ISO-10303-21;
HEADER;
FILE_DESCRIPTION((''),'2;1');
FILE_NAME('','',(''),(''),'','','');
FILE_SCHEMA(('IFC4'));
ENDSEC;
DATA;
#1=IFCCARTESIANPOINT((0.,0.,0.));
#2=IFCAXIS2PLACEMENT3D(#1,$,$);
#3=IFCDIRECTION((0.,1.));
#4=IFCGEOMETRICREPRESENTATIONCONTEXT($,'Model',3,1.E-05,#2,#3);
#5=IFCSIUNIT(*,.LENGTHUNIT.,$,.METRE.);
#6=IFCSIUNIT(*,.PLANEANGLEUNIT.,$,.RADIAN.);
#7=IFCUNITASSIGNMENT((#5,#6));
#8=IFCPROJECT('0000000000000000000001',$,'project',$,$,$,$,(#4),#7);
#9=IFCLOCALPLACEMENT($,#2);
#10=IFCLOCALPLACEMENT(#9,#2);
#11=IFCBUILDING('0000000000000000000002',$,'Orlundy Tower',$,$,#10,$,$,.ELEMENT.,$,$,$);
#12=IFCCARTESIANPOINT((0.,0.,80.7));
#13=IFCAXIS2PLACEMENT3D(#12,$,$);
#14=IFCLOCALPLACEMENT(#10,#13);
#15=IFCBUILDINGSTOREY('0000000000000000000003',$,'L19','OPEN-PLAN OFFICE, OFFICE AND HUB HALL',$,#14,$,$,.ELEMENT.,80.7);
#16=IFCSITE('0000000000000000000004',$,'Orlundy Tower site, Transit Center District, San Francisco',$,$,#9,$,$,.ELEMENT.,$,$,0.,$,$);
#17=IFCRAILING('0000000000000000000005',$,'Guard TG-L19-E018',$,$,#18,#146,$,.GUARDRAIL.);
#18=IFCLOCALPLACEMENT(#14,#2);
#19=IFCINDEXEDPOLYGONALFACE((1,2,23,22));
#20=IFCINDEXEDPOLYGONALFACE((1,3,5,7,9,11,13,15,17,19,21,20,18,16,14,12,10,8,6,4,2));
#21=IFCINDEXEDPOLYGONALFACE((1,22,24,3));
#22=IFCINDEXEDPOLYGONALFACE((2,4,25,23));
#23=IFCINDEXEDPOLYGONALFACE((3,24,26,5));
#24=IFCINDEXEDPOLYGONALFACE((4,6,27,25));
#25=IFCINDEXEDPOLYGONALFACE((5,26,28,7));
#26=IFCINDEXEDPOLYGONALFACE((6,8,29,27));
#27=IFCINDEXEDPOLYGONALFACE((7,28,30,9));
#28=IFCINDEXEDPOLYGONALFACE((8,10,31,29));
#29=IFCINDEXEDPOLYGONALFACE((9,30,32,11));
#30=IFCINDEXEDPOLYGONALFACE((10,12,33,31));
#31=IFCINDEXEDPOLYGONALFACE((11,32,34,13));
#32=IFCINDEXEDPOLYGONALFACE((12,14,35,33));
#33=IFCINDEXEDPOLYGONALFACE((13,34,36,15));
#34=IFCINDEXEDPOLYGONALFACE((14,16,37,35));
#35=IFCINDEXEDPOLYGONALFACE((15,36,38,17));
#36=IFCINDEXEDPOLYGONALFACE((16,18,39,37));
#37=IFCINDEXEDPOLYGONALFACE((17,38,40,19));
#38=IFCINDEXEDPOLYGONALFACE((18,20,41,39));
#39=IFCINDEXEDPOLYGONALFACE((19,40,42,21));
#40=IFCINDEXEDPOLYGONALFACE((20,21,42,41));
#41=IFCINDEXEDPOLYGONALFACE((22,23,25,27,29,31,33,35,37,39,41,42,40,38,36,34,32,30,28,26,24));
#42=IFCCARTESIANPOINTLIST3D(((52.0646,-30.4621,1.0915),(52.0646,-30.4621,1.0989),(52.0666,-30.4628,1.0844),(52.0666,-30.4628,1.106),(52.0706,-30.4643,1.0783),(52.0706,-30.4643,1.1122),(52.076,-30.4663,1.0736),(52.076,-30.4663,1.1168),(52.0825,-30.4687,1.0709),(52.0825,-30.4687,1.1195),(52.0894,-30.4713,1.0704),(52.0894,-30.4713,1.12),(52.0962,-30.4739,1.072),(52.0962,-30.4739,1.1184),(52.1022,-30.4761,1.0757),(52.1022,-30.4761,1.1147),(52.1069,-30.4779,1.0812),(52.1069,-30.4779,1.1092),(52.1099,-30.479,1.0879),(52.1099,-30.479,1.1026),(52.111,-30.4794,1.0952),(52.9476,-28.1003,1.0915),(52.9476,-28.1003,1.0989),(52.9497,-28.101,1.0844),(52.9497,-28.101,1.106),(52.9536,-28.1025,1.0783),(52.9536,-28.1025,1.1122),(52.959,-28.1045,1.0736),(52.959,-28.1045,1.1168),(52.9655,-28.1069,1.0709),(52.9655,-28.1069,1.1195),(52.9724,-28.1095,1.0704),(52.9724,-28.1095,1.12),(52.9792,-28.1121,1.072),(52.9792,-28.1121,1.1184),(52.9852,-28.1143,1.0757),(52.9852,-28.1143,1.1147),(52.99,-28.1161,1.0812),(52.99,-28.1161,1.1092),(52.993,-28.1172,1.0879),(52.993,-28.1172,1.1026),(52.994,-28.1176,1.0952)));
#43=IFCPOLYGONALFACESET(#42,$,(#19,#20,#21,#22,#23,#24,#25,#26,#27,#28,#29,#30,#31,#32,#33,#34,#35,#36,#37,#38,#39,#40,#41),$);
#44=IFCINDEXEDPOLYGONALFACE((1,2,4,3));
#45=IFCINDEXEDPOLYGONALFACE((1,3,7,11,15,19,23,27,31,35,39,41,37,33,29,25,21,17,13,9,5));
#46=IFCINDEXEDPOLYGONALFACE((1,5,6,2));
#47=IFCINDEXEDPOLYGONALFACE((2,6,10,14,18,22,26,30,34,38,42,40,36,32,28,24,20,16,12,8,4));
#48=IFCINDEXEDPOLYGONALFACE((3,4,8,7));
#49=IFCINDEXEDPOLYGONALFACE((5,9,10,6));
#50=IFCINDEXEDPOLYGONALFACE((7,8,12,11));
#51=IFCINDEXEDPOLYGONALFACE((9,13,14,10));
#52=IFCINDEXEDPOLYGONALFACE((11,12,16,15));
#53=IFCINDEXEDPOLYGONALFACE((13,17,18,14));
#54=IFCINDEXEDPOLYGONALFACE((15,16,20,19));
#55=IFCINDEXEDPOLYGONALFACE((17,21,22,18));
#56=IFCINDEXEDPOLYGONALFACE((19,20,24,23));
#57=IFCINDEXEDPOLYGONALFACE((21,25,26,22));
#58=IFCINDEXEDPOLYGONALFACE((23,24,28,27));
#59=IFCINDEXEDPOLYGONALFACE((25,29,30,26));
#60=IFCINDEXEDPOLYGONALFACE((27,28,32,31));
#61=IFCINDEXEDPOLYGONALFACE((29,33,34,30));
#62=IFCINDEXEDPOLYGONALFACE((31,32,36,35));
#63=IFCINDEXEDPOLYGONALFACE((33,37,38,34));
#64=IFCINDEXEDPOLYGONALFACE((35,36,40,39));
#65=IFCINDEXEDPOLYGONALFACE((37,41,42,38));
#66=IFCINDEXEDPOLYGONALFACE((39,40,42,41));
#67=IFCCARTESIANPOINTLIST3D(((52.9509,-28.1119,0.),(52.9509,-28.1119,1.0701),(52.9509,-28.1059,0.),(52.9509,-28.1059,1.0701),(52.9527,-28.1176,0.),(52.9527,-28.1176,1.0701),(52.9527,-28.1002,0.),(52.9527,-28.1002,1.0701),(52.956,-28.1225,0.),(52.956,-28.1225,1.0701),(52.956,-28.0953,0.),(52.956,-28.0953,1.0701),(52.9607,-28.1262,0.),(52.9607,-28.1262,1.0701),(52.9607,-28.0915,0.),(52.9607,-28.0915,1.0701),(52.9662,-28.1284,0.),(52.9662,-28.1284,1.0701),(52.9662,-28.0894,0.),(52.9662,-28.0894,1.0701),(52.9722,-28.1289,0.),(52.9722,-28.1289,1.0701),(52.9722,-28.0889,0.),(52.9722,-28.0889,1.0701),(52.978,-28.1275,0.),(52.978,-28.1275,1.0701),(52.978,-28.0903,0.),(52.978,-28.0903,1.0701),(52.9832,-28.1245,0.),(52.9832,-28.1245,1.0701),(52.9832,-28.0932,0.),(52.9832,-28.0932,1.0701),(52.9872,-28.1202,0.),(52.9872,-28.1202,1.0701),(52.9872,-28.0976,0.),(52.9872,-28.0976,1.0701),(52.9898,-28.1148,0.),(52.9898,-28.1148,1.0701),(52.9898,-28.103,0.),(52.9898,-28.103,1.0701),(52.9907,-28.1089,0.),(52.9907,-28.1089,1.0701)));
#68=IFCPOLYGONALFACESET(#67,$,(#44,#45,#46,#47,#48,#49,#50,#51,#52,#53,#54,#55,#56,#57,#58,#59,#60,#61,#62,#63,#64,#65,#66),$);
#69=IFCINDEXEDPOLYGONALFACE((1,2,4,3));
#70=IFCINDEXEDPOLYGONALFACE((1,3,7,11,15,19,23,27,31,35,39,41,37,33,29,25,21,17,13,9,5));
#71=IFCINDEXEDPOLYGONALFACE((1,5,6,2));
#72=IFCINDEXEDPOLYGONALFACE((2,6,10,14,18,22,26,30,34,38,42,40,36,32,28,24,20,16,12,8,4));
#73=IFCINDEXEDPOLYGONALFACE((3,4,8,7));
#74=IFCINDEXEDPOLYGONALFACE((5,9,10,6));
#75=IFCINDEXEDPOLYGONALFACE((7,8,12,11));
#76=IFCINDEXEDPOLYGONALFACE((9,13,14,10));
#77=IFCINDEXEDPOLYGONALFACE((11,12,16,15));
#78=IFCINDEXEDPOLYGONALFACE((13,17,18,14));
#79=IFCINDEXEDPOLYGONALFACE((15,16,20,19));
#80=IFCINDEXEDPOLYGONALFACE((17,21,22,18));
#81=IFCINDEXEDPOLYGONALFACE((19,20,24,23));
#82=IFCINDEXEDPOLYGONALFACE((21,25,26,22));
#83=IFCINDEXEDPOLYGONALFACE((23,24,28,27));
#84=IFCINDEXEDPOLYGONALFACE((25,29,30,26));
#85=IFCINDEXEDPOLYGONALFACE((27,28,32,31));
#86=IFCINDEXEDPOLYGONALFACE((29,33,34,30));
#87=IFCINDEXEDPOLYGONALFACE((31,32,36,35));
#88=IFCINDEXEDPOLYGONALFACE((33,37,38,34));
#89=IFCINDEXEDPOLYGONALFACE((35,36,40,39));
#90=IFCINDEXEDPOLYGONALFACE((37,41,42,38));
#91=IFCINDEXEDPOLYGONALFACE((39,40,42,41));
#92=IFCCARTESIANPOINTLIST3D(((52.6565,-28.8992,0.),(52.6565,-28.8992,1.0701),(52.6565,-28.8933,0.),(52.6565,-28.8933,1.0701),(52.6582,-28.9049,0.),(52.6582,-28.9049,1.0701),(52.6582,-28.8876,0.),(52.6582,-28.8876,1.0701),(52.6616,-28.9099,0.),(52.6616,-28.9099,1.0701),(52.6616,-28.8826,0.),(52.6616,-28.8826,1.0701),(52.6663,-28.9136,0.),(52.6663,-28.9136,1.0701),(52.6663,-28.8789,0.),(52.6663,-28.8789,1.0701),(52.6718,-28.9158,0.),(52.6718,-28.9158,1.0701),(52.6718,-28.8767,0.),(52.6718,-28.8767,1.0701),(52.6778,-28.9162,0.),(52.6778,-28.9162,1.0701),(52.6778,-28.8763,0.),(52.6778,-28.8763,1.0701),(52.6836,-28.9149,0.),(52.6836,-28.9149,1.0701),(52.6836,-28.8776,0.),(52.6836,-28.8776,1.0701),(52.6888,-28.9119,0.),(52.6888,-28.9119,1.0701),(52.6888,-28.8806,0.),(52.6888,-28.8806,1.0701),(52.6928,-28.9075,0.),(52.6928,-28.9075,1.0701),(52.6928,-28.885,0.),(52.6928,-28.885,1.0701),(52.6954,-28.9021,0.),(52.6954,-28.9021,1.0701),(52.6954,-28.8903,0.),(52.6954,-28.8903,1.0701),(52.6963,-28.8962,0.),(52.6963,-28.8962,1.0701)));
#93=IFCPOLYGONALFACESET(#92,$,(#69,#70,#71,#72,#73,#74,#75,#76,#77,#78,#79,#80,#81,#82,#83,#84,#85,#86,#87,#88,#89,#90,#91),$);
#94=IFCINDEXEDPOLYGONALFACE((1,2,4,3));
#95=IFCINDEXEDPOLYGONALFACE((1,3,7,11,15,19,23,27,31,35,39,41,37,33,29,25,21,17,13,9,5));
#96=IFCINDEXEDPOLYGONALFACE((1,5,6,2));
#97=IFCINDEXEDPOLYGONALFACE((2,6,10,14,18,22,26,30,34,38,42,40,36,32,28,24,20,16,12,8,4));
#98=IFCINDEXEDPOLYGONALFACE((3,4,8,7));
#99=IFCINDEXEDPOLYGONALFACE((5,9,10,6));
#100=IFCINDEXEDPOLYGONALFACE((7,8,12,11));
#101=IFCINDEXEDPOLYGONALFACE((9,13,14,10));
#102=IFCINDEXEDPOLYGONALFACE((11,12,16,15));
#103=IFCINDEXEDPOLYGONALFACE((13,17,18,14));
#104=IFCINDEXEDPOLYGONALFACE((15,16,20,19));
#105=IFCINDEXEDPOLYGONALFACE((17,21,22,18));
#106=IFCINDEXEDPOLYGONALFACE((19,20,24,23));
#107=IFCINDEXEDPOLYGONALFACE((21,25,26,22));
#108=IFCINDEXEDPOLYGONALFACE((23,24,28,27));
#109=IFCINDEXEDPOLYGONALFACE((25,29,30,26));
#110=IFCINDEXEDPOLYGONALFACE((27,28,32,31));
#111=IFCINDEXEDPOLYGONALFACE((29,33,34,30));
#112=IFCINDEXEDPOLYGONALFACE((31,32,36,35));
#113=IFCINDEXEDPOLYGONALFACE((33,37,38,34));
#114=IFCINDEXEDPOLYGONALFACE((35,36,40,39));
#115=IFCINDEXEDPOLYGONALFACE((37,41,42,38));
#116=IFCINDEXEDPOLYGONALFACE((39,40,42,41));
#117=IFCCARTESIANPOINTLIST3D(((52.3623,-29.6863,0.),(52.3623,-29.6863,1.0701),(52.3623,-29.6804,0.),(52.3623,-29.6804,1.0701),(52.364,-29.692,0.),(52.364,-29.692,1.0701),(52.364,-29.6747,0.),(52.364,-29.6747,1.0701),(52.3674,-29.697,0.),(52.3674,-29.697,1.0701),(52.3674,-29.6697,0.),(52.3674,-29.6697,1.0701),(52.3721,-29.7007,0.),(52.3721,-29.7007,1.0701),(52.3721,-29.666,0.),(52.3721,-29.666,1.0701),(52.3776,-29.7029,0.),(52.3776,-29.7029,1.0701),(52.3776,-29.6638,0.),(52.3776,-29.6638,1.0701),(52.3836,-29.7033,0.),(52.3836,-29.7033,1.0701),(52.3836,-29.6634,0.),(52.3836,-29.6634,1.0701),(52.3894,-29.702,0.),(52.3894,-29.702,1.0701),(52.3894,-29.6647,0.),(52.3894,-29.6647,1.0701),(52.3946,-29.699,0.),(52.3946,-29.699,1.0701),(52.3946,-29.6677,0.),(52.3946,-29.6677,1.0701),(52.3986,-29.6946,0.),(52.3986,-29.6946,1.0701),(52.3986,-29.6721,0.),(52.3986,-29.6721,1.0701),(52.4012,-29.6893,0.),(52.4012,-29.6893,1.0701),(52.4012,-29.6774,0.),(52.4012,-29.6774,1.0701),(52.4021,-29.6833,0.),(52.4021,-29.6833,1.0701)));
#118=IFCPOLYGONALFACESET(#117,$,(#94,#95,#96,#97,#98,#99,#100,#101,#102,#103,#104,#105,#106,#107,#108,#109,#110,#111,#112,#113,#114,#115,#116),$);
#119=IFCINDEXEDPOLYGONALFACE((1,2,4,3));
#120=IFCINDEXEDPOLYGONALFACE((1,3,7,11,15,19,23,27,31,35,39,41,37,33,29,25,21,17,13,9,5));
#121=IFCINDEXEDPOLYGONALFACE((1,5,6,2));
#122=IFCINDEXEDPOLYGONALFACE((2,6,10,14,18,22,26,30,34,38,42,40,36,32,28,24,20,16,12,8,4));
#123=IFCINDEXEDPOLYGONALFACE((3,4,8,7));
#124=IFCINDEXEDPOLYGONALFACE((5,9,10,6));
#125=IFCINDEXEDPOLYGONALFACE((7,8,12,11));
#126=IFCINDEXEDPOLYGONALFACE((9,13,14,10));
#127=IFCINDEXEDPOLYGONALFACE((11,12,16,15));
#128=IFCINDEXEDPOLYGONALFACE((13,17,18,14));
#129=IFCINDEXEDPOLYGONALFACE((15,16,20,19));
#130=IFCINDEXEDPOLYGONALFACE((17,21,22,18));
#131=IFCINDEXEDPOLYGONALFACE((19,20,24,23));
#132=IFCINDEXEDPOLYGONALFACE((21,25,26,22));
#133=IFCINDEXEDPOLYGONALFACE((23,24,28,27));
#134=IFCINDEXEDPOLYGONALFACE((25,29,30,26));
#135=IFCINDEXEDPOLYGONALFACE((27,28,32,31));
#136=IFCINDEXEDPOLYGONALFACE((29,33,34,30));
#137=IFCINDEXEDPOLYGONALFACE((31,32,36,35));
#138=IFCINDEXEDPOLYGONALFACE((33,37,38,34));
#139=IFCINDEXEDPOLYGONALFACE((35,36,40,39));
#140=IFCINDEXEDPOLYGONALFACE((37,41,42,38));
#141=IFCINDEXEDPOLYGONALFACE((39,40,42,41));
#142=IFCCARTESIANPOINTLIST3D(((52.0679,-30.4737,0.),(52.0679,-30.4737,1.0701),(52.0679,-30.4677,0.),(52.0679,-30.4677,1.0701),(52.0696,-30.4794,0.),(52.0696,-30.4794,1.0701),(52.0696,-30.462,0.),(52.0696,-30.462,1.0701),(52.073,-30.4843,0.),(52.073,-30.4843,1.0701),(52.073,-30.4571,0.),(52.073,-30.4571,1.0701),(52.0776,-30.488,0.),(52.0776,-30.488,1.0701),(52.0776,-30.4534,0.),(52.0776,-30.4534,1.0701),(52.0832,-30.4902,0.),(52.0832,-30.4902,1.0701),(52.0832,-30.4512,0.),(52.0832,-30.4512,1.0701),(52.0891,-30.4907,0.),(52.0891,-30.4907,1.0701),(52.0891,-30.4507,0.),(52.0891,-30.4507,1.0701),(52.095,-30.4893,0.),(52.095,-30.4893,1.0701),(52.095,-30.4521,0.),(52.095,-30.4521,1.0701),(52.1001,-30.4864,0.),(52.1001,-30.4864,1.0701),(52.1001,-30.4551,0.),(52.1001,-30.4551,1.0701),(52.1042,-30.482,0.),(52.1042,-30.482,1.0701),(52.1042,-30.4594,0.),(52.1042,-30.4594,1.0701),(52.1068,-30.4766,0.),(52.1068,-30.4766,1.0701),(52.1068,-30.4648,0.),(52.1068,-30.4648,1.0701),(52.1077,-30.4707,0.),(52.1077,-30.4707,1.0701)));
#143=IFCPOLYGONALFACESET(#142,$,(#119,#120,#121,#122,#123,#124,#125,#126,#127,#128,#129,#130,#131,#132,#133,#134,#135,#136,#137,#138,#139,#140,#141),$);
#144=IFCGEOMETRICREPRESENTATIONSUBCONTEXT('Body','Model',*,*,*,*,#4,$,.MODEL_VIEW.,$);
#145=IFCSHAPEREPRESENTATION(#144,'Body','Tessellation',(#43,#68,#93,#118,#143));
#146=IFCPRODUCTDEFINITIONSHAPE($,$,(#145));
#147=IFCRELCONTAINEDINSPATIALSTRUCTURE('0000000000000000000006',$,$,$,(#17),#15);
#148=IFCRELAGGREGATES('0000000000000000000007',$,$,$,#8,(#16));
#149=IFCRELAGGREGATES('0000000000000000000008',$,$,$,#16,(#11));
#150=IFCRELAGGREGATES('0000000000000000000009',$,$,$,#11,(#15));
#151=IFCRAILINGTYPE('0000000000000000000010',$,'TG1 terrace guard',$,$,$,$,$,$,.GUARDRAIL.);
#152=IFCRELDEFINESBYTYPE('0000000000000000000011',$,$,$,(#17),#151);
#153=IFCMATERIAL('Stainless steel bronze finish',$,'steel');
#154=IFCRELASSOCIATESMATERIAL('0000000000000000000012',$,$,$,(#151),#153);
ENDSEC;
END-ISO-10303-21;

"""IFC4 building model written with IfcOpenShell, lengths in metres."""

from ifc_helpers import new_model, si_unit, direction, frame, origin, origin_2d, place, context, subcontext, project, spatial, circle, extrude, material, type_object, element, save


model = new_model("IFC4")

# Units and contexts
model_context = context("Model", 3, precision=1e-05, world=origin(), true_north=direction((0.0, 1.0)))
body_context = subcontext(model_context, "Body", "Model", "MODEL_VIEW")
ifc_project = project(units=[si_unit("LENGTHUNIT", "METRE"), si_unit("PLANEANGLEUNIT", "RADIAN")], contexts=[model_context])

# Site, building, storey
site_placement = place(None, origin())
site = spatial("IfcSite", under=ifc_project, at=site_placement, Name="Orlundy Tower site, Transit Center District, San Francisco", CompositionType="ELEMENT", RefElevation=0.0)
building_placement = place(site_placement, origin())
building = spatial("IfcBuilding", under=site, at=building_placement, Name="Orlundy Tower", CompositionType="ELEMENT")
storey_placement = place(building_placement, frame((0.0, 0.0, 80.7)))
storey = spatial("IfcBuildingStorey", under=building, at=storey_placement, Name="L19", Description="OPEN-PLAN OFFICE, OFFICE AND HUB HALL", CompositionType="ELEMENT", Elevation=80.7)

# Railing
ifc_material_1 = material(Name="Stainless steel bronze finish", Category="steel")
railing_type = type_object("IfcRailingType", Name="TG1 terrace guard", PredefinedType="GUARDRAIL", material=ifc_material_1)
railing_1_placement = place(storey_placement, frame((52.9707, -28.1089, 0.0)))
element("IfcRailing", 1, at=railing_1_placement, inside=storey, type_object=railing_type, Name="Guard TG-L19-E018", PredefinedType="GUARDRAIL", context=body_context, shape_type="SweptSolid", body=[
    extrude(circle(Radius=0.0249, at=origin_2d()), frame((0.0, 0.0, 1.0952), z_axis=(-0.350211, -0.936671, 0.0), x_axis=(0.936671, -0.350211, 0.0)), (0.0, 0.0, 1.0), 2.5215),
    extrude(circle(Radius=0.02, at=origin_2d()), origin(), (0.0, 0.0, 1.0), 1.0701),
    extrude(circle(Radius=0.02, at=origin_2d()), frame((-0.2944, -0.7874, 0.0)), (0.0, 0.0, 1.0), 1.0701),
    extrude(circle(Radius=0.02, at=origin_2d()), frame((-0.5886, -1.5745, 0.0)), (0.0, 0.0, 1.0), 1.0701),
    extrude(circle(Radius=0.02, at=origin_2d()), frame((-0.8831, -2.3618, 0.0)), (0.0, 0.0, 1.0), 1.0701),
])

save(model, "model.ifc")
